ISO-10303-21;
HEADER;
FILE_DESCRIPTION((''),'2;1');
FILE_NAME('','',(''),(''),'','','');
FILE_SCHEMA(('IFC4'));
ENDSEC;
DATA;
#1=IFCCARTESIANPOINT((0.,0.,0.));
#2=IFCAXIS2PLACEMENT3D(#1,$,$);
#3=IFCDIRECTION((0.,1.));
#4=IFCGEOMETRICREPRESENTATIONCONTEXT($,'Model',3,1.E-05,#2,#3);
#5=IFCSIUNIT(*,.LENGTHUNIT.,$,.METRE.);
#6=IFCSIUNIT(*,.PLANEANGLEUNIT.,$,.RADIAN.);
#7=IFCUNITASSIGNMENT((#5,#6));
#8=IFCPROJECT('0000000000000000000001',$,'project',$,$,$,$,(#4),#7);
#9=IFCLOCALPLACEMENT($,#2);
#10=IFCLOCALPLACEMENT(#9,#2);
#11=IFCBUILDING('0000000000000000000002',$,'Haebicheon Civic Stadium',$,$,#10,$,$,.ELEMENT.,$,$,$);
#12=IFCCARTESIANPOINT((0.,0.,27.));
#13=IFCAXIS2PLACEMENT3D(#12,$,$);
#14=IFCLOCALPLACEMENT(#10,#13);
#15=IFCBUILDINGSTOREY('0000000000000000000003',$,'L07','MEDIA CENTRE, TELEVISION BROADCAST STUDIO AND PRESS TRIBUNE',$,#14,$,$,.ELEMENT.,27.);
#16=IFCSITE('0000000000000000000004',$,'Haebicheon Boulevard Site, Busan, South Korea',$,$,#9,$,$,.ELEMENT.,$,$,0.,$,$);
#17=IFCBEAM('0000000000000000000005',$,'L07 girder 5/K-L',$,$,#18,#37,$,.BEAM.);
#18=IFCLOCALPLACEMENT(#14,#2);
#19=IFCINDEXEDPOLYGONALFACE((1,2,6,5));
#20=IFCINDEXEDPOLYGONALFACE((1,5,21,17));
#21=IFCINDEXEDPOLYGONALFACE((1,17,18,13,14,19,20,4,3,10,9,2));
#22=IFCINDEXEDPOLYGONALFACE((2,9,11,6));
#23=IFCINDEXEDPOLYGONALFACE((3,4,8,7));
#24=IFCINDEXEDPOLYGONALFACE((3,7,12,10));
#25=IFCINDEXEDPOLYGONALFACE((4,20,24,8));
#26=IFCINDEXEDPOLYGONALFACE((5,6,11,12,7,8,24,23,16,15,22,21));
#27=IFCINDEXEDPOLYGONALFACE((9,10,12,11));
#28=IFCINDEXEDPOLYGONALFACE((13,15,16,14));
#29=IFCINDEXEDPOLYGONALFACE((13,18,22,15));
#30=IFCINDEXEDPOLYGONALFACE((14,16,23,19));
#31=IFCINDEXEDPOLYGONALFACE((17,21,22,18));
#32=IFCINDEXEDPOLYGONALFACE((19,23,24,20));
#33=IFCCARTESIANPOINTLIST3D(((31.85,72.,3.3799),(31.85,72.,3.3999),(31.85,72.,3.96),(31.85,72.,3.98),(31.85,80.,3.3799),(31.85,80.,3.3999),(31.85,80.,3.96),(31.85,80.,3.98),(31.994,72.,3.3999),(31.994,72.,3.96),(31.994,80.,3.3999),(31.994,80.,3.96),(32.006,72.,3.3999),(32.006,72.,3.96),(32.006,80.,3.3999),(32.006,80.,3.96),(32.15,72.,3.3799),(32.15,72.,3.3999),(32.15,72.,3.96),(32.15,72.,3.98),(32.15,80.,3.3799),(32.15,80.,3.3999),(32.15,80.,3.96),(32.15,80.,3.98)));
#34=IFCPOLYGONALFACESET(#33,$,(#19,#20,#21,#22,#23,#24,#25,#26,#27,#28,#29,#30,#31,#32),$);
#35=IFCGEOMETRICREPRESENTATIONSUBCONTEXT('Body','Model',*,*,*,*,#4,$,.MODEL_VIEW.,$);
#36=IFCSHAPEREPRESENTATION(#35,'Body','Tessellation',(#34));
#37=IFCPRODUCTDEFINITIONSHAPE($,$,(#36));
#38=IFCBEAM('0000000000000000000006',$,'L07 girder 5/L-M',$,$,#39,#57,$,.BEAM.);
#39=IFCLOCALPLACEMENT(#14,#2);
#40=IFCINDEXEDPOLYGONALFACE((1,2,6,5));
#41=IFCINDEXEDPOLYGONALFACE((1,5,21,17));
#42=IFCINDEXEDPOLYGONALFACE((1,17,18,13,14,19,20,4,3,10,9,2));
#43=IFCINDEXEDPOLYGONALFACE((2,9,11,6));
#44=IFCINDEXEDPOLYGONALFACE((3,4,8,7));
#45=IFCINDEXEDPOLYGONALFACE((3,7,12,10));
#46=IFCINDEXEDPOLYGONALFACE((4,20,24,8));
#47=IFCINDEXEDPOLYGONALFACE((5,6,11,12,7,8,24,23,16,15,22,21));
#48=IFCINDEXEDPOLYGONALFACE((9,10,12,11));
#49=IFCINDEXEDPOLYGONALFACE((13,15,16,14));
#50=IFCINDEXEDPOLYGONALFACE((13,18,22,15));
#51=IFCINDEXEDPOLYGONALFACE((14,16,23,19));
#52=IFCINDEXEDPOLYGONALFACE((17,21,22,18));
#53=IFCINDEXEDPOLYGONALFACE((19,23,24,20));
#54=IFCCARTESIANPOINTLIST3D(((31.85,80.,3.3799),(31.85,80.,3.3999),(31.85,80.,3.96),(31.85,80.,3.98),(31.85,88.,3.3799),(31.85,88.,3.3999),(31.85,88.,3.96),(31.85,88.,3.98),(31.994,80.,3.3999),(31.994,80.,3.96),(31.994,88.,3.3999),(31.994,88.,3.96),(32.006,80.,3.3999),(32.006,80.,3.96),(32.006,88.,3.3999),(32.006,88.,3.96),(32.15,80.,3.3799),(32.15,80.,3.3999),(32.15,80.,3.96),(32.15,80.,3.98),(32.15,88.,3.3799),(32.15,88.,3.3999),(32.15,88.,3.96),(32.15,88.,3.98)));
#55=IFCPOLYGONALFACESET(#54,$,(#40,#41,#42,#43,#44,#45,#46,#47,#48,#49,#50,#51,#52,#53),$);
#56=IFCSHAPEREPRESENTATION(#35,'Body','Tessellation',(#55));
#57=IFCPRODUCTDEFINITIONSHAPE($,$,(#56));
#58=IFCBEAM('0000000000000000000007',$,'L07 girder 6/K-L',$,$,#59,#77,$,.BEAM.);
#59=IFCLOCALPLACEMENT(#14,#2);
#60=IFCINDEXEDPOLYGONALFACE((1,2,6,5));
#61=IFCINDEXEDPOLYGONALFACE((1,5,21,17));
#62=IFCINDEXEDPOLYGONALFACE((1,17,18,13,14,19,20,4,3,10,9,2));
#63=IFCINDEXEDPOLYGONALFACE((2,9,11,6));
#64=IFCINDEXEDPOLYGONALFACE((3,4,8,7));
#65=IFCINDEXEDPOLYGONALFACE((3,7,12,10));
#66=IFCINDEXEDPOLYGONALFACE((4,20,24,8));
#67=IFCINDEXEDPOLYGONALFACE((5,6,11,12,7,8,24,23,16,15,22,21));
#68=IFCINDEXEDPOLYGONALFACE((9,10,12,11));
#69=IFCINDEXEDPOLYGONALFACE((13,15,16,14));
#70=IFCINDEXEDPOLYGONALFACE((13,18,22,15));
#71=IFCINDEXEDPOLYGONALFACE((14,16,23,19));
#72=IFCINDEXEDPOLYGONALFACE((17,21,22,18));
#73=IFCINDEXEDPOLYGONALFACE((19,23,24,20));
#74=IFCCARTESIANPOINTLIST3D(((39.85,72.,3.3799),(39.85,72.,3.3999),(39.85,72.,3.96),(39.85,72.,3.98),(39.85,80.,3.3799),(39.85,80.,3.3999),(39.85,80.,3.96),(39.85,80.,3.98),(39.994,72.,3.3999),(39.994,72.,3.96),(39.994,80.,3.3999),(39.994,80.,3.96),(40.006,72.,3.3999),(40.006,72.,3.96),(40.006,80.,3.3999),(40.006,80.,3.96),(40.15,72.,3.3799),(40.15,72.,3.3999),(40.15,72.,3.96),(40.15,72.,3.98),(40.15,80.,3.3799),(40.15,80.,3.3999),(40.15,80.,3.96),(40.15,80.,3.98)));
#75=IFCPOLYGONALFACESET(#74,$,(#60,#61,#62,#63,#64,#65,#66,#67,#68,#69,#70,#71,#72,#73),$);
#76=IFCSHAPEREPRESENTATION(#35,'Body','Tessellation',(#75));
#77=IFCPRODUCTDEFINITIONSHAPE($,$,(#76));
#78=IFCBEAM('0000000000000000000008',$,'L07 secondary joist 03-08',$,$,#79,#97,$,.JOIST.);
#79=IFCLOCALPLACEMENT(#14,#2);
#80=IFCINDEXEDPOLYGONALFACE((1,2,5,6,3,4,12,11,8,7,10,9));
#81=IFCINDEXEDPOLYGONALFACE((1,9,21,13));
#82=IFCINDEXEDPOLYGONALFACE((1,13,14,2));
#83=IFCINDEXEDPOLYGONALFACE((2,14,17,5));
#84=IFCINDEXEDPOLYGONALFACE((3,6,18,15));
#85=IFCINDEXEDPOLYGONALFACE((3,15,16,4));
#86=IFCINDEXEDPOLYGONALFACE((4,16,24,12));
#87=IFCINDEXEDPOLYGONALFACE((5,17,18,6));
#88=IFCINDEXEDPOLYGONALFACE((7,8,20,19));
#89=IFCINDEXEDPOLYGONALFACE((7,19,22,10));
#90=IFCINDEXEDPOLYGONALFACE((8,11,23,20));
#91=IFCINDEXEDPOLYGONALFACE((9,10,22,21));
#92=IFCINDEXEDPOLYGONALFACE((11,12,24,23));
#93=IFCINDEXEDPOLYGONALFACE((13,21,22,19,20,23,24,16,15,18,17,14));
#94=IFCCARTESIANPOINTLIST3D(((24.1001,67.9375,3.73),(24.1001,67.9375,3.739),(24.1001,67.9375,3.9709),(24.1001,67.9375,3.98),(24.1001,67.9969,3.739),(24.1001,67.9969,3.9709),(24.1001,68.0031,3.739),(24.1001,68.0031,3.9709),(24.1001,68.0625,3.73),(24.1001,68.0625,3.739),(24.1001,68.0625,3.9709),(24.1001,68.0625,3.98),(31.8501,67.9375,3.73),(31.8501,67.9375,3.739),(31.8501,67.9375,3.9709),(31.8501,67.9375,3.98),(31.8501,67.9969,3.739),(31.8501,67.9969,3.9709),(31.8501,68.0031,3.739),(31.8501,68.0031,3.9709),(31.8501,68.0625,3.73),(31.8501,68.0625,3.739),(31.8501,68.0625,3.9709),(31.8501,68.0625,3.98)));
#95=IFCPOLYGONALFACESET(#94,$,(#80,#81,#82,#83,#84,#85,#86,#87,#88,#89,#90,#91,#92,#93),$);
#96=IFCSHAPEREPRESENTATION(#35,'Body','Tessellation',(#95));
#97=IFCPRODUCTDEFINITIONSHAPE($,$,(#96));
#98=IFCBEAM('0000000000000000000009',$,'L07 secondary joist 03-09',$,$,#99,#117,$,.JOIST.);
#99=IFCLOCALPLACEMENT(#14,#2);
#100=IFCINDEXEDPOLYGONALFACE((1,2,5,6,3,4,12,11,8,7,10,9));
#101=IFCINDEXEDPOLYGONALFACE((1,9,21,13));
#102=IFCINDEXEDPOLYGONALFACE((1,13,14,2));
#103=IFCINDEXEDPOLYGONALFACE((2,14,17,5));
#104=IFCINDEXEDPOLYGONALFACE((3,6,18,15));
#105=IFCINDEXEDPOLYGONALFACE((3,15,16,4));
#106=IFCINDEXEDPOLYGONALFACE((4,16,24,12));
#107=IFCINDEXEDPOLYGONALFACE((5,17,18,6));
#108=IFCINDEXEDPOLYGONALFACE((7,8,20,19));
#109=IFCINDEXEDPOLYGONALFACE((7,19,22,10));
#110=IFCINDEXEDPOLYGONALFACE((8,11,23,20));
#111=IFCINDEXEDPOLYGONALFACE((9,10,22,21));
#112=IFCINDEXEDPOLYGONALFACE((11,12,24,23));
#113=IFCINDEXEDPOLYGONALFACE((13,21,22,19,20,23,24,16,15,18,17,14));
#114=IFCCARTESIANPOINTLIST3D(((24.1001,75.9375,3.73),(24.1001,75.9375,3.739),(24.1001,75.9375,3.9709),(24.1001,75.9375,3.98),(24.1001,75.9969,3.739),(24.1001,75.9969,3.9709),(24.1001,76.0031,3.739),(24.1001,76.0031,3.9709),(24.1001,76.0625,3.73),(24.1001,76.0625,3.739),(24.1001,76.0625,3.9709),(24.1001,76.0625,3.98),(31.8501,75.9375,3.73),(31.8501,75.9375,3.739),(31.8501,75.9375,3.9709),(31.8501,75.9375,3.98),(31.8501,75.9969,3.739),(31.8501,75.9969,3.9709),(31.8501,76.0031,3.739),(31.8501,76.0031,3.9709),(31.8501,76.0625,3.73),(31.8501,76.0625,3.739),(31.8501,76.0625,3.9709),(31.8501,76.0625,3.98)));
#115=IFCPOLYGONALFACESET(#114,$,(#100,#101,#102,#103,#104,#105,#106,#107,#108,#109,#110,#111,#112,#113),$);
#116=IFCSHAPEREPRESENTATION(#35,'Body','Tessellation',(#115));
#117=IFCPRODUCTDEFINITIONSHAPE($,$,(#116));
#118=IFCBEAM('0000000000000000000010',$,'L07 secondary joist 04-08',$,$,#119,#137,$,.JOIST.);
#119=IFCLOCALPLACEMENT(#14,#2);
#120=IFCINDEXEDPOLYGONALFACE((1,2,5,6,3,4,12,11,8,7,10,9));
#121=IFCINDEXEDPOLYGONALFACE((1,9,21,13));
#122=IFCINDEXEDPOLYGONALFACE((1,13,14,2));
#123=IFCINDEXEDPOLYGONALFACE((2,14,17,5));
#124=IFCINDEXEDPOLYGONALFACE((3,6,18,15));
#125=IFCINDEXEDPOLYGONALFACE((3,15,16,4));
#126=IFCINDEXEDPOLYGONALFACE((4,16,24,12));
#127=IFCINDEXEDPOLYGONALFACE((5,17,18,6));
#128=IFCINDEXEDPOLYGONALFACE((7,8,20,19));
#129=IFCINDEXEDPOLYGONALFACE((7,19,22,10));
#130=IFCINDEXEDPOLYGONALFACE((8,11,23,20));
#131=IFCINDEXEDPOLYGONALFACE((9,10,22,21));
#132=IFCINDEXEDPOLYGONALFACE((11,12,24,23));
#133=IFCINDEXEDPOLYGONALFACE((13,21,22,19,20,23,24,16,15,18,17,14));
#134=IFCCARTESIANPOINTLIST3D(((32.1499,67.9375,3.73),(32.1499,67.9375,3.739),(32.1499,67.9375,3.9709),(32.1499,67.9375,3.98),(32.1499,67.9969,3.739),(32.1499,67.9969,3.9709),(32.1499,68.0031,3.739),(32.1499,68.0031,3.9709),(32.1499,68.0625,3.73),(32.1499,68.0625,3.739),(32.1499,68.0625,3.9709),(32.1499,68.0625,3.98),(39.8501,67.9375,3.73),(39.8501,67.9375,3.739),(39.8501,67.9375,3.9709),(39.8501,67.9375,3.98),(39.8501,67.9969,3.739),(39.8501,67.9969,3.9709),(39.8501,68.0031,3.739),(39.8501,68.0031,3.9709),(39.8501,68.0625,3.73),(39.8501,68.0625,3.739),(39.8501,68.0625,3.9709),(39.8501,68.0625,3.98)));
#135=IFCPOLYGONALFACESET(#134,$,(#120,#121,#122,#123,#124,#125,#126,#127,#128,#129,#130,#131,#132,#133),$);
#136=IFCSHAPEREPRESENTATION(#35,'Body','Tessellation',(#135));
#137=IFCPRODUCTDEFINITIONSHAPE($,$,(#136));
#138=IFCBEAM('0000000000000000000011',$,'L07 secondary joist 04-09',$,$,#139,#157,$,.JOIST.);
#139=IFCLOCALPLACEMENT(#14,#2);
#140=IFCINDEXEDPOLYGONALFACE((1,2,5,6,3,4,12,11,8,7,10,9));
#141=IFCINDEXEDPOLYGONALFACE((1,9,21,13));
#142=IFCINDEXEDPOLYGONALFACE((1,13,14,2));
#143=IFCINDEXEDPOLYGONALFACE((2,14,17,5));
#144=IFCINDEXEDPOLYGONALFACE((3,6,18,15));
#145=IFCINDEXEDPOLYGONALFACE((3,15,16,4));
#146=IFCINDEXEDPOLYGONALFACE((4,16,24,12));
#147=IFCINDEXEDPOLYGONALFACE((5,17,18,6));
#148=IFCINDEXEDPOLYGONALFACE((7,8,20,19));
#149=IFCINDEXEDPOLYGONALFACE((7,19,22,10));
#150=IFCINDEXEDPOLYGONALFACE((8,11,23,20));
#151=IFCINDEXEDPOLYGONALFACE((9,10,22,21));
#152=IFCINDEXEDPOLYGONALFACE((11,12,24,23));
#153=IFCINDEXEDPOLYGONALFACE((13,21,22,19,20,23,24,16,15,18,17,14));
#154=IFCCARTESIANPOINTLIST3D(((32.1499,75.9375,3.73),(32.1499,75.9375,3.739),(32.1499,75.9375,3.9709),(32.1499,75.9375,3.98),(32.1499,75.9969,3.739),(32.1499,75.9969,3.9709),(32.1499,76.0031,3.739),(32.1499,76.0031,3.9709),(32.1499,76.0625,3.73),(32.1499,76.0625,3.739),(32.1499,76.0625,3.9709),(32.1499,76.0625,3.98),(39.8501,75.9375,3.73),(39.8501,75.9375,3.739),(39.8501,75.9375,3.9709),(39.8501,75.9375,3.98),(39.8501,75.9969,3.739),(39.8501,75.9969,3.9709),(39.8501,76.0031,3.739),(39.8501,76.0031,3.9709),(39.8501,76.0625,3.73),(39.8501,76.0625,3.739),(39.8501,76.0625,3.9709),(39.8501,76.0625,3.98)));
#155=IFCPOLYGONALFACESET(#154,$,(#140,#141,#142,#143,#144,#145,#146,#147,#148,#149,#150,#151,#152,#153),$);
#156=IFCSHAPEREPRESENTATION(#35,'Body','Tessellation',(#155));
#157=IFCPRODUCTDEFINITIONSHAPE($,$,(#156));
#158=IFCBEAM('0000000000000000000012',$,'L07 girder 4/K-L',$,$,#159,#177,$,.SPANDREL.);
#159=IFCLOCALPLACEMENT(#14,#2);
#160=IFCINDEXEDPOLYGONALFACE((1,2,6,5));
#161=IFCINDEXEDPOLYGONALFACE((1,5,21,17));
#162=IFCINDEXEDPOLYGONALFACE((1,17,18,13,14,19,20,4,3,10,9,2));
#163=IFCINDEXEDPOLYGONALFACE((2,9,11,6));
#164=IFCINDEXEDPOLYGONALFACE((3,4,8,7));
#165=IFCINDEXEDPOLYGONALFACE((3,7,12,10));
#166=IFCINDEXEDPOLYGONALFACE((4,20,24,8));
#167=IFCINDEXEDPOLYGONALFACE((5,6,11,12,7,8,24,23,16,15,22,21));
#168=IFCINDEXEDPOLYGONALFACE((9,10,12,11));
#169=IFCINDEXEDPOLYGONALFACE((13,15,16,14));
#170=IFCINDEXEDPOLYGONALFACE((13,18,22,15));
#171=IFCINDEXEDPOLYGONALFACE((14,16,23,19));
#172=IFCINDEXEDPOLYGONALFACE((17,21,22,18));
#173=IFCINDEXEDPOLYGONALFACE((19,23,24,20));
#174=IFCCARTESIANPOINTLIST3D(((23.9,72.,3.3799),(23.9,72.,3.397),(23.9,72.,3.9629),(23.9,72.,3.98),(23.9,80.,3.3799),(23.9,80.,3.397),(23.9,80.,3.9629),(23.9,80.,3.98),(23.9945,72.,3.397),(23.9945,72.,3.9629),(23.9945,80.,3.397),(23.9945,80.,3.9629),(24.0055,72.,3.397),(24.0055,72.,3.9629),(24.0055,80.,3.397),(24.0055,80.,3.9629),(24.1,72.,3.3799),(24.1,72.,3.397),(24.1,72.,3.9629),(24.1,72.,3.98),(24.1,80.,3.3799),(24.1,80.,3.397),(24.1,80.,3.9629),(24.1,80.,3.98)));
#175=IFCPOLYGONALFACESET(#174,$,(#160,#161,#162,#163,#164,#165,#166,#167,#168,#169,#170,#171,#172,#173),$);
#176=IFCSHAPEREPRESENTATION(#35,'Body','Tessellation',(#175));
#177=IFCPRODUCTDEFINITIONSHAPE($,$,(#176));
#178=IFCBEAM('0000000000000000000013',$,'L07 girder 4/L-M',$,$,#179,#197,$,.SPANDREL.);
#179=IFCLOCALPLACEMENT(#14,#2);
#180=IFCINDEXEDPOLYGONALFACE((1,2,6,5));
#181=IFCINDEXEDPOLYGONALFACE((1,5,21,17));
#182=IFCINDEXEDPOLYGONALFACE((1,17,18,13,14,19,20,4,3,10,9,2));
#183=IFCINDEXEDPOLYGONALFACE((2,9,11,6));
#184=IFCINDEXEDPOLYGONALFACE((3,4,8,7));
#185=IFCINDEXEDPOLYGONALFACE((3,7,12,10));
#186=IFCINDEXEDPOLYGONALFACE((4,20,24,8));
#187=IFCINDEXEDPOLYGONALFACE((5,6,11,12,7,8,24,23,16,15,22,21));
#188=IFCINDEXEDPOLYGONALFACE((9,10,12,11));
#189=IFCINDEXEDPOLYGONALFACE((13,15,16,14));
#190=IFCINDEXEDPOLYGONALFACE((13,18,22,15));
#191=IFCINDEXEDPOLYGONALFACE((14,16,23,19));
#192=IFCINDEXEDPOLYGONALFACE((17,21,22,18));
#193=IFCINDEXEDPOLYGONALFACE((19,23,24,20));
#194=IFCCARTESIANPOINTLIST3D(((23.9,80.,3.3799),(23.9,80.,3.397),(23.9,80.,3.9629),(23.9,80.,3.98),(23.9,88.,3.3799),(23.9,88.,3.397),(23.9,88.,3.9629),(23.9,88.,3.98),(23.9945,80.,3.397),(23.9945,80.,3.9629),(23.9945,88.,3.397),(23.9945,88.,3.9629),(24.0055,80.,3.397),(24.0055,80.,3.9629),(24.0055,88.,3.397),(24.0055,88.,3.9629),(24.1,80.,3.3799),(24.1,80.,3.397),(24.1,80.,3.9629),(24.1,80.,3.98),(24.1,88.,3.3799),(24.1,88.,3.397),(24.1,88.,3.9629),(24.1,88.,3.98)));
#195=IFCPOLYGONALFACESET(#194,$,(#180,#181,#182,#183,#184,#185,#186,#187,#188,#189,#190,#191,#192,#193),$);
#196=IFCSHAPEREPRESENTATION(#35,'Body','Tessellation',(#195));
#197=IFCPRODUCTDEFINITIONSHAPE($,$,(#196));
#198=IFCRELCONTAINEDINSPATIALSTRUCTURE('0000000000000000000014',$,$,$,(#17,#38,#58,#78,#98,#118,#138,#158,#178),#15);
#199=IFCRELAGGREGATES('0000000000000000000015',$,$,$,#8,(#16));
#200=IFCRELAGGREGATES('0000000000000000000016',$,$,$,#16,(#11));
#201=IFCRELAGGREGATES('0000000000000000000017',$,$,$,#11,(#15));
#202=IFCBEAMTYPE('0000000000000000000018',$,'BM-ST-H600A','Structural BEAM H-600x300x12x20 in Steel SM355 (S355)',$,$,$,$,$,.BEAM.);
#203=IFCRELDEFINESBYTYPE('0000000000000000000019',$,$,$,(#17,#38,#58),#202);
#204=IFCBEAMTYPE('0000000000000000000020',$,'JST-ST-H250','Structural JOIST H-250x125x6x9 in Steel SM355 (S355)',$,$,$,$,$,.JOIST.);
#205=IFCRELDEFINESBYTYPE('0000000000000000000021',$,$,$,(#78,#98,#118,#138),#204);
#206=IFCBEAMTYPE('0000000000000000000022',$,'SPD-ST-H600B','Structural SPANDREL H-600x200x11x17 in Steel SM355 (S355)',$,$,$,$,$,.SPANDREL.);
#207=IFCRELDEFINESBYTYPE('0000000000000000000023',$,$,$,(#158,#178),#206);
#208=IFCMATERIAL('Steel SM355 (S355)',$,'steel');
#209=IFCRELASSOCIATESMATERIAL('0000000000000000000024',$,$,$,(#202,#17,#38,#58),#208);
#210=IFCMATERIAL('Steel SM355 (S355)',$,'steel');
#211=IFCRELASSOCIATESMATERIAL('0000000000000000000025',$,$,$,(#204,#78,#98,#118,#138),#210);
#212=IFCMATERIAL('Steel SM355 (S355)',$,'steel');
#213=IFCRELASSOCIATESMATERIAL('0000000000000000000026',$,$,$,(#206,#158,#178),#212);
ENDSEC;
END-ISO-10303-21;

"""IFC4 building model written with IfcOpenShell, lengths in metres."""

from ifc_helpers import new_model, si_unit, direction, frame, origin, origin_2d, place, context, subcontext, project, spatial, i_section, extrude, material, material_profile, profile_set, type_object, element, save


model = new_model("IFC4")

# Units and contexts
model_context = context("Model", 3, precision=1e-05, world=origin(), true_north=direction((0.0, 1.0)))
body_context = subcontext(model_context, "Body", "Model", "MODEL_VIEW")
ifc_project = project(units=[si_unit("LENGTHUNIT", "METRE"), si_unit("PLANEANGLEUNIT", "RADIAN")], contexts=[model_context])

# Site, building, storey
site_placement = place(None, origin())
site = spatial("IfcSite", under=ifc_project, at=site_placement, Name="Haebicheon Boulevard Site, Busan, South Korea", CompositionType="ELEMENT", RefElevation=0.0)
building_placement = place(site_placement, origin())
building = spatial("IfcBuilding", under=site, at=building_placement, Name="Haebicheon Civic Stadium", CompositionType="ELEMENT")
storey_placement = place(building_placement, frame((0.0, 0.0, 27.0)))
storey = spatial("IfcBuildingStorey", under=building, at=storey_placement, Name="L07", Description="MEDIA CENTRE, TELEVISION BROADCAST STUDIO AND PRESS TRIBUNE", CompositionType="ELEMENT", Elevation=27.0)

# Beams
ifc_material_1 = material(Name="Steel SM355 (S355)", Category="steel")
ifc_material_profile_1 = material_profile(ifc_material_1, i_section(OverallWidth=0.3, OverallDepth=0.6001, WebThickness=0.012, FlangeThickness=0.02, at=origin_2d()), Name="H-600x300x12x20")
ifc_profile_set_1 = profile_set([ifc_material_profile_1], Name="Steel SM355 (S355)")
beam_type_1 = type_object("IfcBeamType", Name="BM-ST-H600A", Description="Structural BEAM H-600x300x12x20 in Steel SM355 (S355)", PredefinedType="BEAM", material=ifc_profile_set_1)
for number, where, z_axis, x_axis, name in (
    (1, (32.0, 72.0, 3.6799), (0.0, 1.0, 0.0), (-1.0, 0.0, 0.0), "L07 girder 5/K-L"),
    (2, (32.0, 80.0, 3.6799), (0.0, 1.0, 0.0), (-1.0, 0.0, 0.0), "L07 girder 5/L-M"),
    (3, (40.0, 72.0, 3.6799), (0.0, 1.0, 0.0), (-1.0, 0.0, 0.0), "L07 girder 6/K-L"),
):
    element("IfcBeam", number, at=place(storey_placement, frame(where, z_axis=z_axis, x_axis=x_axis)), inside=storey, type_object=beam_type_1, material=ifc_profile_set_1, Name=name, PredefinedType="BEAM", context=body_context, shape_type="SweptSolid", body=[
        extrude(i_section(OverallWidth=0.3, OverallDepth=0.6001, WebThickness=0.012, FlangeThickness=0.02, at=origin_2d()), origin(), (0.0, 0.0, 1.0), 8.0),
    ])
ifc_material_2 = material(Name="Steel SM355 (S355)", Category="steel")
ifc_material_profile_2 = material_profile(ifc_material_2, i_section(OverallWidth=0.125, OverallDepth=0.25, WebThickness=0.0061, FlangeThickness=0.009, at=origin_2d()), Name="H-250x125x6x9")
ifc_profile_set_2 = profile_set([ifc_material_profile_2], Name="Steel SM355 (S355)")
beam_type_2 = type_object("IfcBeamType", Name="JST-ST-H250", Description="Structural JOIST H-250x125x6x9 in Steel SM355 (S355)", PredefinedType="JOIST", material=ifc_profile_set_2)
for number, where, z_axis, x_axis, name in (
    (4, (24.1001, 68.0, 3.855), (1.0, 0.0, 0.0), (0.0, 1.0, 0.0), "L07 secondary joist 03-08"),
    (5, (24.1001, 76.0, 3.855), (1.0, 0.0, 0.0), (0.0, 1.0, 0.0), "L07 secondary joist 03-09"),
):
    element("IfcBeam", number, at=place(storey_placement, frame(where, z_axis=z_axis, x_axis=x_axis)), inside=storey, type_object=beam_type_2, material=ifc_profile_set_2, Name=name, PredefinedType="JOIST", context=body_context, shape_type="SweptSolid", body=[
        extrude(i_section(OverallWidth=0.125, OverallDepth=0.25, WebThickness=0.0061, FlangeThickness=0.009, at=origin_2d()), origin(), (0.0, 0.0, 1.0), 7.75),
    ])
for number, where, z_axis, x_axis, name in (
    (6, (32.1499, 68.0, 3.855), (1.0, 0.0, 0.0), (0.0, 1.0, 0.0), "L07 secondary joist 04-08"),
    (7, (32.1499, 76.0, 3.855), (1.0, 0.0, 0.0), (0.0, 1.0, 0.0), "L07 secondary joist 04-09"),
):
    element("IfcBeam", number, at=place(storey_placement, frame(where, z_axis=z_axis, x_axis=x_axis)), inside=storey, type_object=beam_type_2, material=ifc_profile_set_2, Name=name, PredefinedType="JOIST", context=body_context, shape_type="SweptSolid", body=[
        extrude(i_section(OverallWidth=0.125, OverallDepth=0.25, WebThickness=0.0061, FlangeThickness=0.009, at=origin_2d()), origin(), (0.0, 0.0, 1.0), 7.7002),
    ])
ifc_material_3 = material(Name="Steel SM355 (S355)", Category="steel")
ifc_material_profile_3 = material_profile(ifc_material_3, i_section(OverallWidth=0.2, OverallDepth=0.6001, WebThickness=0.011, FlangeThickness=0.0171, at=origin_2d()), Name="H-600x200x11x17")
ifc_profile_set_3 = profile_set([ifc_material_profile_3], Name="Steel SM355 (S355)")
beam_type_3 = type_object("IfcBeamType", Name="SPD-ST-H600B", Description="Structural SPANDREL H-600x200x11x17 in Steel SM355 (S355)", PredefinedType="SPANDREL", material=ifc_profile_set_3)
for number, where, z_axis, x_axis, name in (
    (8, (24.0, 72.0, 3.6799), (0.0, 1.0, 0.0), (-1.0, 0.0, 0.0), "L07 girder 4/K-L"),
    (9, (24.0, 80.0, 3.6799), (0.0, 1.0, 0.0), (-1.0, 0.0, 0.0), "L07 girder 4/L-M"),
):
    element("IfcBeam", number, at=place(storey_placement, frame(where, z_axis=z_axis, x_axis=x_axis)), inside=storey, type_object=beam_type_3, material=ifc_profile_set_3, Name=name, PredefinedType="SPANDREL", context=body_context, shape_type="SweptSolid", body=[
        extrude(i_section(OverallWidth=0.2, OverallDepth=0.6001, WebThickness=0.011, FlangeThickness=0.0171, at=origin_2d()), origin(), (0.0, 0.0, 1.0), 8.0),
    ])

save(model, "model.ifc")
